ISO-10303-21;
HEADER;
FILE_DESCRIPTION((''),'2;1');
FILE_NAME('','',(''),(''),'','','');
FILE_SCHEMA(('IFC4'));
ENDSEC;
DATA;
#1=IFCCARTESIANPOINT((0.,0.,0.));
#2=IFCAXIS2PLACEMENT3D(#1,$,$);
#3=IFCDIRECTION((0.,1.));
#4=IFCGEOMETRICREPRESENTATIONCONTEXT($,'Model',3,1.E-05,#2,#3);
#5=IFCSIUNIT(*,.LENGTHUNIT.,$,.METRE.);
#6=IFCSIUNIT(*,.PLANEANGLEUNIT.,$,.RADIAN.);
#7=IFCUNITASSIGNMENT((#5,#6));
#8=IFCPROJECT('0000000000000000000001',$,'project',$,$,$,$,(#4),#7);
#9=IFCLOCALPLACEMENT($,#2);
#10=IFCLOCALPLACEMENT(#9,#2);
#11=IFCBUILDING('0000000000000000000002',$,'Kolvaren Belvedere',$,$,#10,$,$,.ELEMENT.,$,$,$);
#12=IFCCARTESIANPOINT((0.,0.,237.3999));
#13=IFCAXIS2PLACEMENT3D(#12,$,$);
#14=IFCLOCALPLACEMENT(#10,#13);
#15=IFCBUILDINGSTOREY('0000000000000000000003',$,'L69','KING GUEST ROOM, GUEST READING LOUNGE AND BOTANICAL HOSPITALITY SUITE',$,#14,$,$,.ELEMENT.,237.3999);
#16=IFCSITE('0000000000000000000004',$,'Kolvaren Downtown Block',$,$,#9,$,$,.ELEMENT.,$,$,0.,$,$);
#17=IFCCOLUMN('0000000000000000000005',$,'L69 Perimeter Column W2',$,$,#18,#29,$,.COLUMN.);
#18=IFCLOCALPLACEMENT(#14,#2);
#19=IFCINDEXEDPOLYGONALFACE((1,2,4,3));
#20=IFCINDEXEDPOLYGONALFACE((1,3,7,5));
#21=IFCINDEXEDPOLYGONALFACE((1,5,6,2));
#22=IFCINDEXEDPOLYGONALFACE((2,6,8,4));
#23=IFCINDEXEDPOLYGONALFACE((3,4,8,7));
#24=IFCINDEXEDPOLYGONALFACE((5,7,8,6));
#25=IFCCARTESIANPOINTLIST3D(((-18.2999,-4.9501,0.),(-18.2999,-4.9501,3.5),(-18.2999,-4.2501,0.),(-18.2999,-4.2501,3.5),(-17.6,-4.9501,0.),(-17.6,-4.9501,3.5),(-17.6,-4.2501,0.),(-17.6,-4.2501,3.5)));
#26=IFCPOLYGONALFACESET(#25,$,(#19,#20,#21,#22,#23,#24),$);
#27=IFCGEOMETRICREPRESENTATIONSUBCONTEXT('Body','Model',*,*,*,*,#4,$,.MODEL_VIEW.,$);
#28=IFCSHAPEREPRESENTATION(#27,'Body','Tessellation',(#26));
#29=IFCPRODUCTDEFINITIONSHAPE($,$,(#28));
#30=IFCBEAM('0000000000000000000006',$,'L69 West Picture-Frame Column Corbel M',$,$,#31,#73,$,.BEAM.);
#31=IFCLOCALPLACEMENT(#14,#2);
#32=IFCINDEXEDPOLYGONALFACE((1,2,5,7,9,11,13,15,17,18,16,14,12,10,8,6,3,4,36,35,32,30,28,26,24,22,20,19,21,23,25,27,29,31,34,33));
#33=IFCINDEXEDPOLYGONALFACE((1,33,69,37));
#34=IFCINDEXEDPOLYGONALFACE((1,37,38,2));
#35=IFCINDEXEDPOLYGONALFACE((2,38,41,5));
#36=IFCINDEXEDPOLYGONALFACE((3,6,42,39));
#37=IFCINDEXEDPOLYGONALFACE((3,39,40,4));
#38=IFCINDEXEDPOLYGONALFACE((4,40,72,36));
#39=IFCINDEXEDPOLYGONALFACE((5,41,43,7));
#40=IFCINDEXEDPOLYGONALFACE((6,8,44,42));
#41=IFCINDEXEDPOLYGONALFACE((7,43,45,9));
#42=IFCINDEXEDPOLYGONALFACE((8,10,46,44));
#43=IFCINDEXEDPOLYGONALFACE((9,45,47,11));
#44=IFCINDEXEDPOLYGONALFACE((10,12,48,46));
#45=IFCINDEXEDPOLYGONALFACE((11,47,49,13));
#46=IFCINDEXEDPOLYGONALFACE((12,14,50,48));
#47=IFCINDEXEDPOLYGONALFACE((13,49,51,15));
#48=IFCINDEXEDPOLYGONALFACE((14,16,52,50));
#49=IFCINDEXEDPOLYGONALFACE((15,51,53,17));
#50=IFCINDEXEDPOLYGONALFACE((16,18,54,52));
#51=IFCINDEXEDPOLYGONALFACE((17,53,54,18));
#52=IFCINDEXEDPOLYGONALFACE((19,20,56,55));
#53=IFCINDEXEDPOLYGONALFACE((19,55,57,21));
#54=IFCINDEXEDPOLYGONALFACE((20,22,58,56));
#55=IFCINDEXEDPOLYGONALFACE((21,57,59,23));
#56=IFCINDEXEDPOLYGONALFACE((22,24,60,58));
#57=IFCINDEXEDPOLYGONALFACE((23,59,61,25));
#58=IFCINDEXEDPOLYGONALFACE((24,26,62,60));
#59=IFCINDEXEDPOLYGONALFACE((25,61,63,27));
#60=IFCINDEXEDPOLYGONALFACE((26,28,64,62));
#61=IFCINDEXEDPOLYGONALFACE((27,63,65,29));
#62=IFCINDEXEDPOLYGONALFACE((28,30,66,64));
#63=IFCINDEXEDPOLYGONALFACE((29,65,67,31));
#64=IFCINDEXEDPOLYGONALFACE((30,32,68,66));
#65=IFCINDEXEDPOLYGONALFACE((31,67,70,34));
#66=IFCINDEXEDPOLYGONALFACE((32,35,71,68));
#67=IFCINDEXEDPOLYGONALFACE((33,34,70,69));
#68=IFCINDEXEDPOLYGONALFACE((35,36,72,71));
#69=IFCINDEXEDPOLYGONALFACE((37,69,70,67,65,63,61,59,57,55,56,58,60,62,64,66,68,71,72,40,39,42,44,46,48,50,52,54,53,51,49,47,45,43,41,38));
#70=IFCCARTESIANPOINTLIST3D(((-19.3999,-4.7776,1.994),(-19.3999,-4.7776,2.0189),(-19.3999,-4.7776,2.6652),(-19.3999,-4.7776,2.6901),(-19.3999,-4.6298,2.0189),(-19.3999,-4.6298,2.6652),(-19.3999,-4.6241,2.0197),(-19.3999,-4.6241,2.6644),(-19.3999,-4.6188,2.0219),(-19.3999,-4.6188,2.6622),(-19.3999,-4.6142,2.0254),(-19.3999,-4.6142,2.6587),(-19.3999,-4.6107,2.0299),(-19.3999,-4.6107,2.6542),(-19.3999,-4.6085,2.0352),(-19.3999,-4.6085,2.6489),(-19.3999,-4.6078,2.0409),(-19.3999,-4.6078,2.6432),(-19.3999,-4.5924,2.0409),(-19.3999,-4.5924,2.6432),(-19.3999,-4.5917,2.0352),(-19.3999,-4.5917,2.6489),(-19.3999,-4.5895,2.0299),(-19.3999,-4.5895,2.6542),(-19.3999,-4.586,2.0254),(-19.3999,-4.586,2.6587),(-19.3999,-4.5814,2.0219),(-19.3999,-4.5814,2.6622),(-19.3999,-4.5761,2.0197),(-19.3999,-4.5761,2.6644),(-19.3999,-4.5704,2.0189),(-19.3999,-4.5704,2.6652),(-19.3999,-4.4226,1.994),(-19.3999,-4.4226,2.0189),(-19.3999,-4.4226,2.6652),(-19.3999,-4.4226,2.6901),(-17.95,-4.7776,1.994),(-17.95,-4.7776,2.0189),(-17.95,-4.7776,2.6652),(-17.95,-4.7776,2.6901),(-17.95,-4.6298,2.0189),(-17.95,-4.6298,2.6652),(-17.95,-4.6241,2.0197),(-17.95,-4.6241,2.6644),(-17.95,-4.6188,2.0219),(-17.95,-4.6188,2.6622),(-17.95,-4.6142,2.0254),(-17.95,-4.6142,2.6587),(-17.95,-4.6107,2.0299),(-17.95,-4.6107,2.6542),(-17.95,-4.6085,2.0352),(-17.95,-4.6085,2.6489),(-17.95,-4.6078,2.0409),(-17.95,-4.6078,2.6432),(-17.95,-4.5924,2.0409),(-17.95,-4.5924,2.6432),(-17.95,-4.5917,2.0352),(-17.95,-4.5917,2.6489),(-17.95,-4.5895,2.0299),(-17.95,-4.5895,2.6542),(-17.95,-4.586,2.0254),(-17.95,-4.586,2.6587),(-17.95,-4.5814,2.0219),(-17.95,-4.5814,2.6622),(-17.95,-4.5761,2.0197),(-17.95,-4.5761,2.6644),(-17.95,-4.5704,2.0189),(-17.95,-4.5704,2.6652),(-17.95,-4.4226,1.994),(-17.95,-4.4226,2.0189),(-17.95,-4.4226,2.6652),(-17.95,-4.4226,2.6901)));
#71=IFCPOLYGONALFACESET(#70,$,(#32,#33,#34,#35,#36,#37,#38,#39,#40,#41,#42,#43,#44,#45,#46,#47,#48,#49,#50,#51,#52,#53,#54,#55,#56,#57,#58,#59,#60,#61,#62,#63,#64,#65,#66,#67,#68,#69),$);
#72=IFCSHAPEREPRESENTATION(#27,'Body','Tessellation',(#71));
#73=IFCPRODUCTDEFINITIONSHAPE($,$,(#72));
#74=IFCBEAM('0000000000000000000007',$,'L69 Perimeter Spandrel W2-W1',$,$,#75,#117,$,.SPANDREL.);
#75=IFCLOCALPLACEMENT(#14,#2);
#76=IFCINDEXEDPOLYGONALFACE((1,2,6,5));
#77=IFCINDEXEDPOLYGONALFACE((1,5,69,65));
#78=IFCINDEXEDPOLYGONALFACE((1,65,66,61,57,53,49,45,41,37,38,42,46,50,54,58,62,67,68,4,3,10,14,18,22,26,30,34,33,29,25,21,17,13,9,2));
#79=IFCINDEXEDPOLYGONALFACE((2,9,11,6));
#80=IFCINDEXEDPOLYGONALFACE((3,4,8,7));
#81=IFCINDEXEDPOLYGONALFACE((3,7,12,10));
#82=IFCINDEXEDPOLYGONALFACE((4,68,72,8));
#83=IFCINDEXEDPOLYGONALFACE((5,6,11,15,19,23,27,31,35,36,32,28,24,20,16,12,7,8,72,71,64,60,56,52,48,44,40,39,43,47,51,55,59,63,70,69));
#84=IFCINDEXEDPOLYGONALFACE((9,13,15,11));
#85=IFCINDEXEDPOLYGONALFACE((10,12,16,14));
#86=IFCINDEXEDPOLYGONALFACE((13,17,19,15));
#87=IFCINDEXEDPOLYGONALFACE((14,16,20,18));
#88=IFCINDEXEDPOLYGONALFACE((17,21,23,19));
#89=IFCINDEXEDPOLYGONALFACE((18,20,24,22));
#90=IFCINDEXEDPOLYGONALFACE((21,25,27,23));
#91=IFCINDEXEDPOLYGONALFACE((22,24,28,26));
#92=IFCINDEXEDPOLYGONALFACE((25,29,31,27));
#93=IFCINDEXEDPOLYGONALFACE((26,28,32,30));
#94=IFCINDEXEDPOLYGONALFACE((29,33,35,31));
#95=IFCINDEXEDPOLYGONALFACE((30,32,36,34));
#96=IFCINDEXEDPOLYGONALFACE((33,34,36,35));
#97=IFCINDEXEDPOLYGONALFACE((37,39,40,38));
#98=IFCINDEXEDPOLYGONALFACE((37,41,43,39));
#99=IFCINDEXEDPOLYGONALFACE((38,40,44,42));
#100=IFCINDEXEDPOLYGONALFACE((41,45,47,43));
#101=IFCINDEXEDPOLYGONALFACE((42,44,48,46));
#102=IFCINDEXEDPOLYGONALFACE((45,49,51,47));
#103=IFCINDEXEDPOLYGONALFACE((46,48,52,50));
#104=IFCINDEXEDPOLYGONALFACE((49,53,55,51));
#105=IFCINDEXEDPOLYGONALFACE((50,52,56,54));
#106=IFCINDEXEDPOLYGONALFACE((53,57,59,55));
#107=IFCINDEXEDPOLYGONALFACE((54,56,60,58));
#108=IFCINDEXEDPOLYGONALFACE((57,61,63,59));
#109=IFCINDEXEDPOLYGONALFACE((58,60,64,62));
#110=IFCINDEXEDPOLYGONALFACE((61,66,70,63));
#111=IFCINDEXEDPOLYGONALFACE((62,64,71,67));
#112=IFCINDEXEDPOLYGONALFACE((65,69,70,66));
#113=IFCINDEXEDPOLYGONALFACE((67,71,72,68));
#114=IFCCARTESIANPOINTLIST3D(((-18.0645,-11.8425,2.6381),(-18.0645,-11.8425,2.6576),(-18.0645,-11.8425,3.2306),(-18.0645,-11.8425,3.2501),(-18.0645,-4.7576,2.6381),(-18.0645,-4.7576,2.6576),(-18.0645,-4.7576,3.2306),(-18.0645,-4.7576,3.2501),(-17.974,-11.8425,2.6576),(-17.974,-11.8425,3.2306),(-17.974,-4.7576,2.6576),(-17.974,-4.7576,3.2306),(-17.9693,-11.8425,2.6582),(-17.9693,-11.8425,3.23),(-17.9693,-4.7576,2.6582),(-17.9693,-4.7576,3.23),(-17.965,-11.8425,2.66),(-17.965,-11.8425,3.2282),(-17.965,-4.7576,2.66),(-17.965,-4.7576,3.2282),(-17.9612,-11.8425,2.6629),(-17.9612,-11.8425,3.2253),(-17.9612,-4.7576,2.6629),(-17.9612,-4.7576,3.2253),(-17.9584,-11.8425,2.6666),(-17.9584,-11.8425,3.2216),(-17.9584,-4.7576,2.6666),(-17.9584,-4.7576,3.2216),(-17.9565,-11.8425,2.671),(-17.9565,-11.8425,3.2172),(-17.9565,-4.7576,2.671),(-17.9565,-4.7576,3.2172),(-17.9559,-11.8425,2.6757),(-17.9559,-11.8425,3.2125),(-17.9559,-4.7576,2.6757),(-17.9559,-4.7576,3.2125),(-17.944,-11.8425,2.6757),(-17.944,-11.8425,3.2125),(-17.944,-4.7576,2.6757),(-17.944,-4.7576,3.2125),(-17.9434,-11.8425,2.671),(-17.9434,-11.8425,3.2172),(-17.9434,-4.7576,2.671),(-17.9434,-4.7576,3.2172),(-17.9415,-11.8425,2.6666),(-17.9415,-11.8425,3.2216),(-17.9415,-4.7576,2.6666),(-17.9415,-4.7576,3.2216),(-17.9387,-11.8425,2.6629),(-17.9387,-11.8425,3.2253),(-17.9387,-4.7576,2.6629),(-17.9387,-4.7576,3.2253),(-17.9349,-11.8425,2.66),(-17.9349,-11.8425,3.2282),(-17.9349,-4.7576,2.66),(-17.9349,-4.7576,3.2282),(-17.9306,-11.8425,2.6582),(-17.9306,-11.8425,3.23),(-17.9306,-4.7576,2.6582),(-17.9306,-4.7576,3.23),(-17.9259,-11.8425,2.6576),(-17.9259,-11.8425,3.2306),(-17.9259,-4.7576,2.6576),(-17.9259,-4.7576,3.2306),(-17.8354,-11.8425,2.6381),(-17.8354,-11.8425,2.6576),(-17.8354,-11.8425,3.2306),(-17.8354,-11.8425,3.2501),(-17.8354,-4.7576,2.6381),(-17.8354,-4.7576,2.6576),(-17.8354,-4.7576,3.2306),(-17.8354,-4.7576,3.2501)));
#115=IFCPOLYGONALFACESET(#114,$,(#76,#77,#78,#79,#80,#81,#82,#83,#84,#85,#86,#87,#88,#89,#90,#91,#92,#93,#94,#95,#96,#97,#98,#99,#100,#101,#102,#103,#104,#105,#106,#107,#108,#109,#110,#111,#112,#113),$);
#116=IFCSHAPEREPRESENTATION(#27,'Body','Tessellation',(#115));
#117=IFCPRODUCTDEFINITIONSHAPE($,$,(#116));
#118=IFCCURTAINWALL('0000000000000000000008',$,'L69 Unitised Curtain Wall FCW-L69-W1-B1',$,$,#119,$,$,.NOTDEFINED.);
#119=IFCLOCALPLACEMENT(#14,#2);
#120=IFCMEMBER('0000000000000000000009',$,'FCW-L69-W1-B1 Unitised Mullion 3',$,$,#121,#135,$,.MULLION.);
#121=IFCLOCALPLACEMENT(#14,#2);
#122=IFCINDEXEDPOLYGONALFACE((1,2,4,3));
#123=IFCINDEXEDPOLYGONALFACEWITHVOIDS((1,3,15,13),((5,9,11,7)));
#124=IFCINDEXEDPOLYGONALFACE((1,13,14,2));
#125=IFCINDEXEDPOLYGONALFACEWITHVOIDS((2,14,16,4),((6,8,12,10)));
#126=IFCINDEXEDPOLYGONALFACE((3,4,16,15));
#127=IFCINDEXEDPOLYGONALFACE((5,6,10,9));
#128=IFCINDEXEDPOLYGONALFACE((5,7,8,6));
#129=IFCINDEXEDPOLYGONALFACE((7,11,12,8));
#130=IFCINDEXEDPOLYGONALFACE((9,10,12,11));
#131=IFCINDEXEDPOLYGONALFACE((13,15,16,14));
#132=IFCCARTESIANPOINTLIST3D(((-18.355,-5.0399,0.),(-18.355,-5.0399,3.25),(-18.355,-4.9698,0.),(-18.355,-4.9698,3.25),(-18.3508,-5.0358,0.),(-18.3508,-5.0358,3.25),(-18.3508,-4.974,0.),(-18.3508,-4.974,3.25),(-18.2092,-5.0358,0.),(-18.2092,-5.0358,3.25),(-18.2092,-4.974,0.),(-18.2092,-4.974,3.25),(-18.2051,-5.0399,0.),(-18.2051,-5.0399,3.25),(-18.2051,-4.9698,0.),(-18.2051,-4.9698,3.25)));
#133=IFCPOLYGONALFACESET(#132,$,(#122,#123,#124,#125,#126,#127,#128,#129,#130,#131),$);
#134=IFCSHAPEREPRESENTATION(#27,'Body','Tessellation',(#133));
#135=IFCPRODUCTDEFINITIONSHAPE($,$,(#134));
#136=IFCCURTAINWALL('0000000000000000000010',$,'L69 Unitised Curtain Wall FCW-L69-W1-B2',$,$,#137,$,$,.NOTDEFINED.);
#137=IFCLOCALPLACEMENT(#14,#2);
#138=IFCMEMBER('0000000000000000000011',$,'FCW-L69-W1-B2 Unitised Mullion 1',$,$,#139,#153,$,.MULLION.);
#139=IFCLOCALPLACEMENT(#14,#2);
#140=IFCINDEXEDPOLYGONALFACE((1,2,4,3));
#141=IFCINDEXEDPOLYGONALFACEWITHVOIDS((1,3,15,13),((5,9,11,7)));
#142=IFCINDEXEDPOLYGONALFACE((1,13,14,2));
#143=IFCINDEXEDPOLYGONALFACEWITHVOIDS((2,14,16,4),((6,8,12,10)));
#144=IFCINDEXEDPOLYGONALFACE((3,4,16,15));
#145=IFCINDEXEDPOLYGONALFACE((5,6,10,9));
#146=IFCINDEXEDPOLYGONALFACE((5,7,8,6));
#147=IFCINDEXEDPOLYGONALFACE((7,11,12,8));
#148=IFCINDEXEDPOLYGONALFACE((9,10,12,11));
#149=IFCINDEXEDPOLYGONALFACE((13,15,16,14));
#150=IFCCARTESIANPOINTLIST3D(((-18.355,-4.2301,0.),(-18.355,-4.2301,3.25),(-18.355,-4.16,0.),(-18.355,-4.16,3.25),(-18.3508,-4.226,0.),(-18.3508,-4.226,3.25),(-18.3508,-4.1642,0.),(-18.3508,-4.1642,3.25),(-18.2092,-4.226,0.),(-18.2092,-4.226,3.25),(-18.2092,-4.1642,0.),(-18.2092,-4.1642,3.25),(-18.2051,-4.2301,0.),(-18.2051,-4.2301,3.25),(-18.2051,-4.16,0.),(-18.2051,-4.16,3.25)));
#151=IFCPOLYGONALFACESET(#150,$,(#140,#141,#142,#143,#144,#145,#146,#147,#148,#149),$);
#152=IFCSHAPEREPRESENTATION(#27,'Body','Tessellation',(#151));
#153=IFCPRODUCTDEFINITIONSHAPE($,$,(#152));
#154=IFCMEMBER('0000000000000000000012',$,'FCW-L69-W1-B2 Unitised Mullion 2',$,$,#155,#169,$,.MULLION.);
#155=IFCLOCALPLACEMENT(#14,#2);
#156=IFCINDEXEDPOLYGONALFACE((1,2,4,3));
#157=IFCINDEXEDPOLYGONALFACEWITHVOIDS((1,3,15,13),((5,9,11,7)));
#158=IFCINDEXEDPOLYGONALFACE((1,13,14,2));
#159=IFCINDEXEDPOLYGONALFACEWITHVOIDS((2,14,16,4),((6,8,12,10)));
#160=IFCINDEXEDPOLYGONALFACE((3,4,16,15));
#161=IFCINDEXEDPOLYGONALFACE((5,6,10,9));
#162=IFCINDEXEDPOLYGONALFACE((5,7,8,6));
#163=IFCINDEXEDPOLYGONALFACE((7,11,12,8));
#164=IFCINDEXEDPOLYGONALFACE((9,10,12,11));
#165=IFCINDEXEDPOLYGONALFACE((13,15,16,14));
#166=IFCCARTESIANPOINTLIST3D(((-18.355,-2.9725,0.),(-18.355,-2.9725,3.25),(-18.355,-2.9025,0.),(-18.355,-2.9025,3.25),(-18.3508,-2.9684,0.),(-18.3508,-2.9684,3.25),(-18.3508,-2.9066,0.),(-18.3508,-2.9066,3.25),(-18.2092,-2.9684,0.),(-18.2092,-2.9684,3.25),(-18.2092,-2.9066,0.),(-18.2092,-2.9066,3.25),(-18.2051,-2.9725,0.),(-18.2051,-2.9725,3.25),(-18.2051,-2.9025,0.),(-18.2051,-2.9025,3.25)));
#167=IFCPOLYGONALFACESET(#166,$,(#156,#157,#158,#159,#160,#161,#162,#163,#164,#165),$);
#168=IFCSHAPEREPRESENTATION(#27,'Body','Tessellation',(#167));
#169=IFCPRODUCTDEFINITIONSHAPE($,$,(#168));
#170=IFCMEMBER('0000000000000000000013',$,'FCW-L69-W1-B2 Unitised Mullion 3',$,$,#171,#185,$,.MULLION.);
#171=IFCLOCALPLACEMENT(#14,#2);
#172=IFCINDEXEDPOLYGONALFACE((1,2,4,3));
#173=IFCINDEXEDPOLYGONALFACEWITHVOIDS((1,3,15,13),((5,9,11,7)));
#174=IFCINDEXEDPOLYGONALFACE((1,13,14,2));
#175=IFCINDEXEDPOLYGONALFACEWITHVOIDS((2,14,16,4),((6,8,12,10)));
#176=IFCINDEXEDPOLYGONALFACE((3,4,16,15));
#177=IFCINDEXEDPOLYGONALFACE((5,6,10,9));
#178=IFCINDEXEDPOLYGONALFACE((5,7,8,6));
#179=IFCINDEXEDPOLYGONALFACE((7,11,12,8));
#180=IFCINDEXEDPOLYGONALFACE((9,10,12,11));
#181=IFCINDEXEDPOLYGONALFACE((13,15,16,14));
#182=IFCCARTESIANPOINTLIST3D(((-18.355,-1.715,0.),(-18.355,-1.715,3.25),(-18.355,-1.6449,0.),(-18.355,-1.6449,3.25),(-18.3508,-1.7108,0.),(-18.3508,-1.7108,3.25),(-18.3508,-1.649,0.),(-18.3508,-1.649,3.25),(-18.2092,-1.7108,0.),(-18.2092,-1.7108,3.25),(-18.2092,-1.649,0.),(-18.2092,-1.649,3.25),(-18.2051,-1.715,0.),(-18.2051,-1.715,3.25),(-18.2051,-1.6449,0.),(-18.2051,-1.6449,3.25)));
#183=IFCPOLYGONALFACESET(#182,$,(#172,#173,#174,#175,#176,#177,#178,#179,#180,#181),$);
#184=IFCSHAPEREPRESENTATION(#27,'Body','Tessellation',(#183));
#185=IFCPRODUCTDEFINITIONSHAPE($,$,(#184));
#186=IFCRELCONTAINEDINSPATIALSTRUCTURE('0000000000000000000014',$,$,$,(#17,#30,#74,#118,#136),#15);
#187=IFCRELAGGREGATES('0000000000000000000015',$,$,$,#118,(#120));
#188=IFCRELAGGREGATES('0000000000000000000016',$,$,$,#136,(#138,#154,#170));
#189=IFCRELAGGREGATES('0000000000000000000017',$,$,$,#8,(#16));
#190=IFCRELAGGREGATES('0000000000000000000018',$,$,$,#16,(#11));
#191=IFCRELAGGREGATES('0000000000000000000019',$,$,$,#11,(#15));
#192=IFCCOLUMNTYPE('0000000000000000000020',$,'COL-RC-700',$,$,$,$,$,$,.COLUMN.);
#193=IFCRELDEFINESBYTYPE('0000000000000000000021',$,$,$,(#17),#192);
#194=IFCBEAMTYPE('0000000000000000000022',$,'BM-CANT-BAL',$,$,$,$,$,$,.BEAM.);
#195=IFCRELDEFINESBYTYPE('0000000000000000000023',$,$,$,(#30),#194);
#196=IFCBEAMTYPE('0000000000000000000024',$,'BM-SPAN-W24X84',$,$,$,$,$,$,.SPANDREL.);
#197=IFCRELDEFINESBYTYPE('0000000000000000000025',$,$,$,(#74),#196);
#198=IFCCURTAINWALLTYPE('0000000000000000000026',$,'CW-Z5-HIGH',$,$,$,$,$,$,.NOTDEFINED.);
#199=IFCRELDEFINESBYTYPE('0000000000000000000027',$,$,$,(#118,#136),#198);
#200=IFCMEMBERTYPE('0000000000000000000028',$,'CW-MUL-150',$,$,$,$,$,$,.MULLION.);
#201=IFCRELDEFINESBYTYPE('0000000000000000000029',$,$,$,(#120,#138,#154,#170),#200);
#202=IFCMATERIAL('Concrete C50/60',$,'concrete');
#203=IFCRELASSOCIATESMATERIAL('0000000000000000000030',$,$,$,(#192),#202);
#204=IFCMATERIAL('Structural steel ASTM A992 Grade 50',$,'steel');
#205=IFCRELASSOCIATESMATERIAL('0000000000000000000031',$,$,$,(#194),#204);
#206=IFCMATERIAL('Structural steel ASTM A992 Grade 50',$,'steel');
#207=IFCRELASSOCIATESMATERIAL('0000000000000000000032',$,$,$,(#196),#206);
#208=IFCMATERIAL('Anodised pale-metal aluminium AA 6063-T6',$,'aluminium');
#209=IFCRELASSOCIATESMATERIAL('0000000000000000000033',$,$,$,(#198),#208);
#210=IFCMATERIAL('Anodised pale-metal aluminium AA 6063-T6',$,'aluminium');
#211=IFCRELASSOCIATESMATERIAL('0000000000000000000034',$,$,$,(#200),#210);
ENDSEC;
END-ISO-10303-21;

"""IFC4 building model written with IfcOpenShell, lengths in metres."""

from ifc_helpers import new_model, si_unit, direction, frame, origin, origin_2d, place, context, subcontext, project, spatial, rectangle, hollow_rectangle, i_section, extrude, material, material_profile, profile_set, type_object, element, aggregate, save


model = new_model("IFC4")

# Units and contexts
model_context = context("Model", 3, precision=1e-05, world=origin(), true_north=direction((0.0, 1.0)))
body_context = subcontext(model_context, "Body", "Model", "MODEL_VIEW")
ifc_project = project(units=[si_unit("LENGTHUNIT", "METRE"), si_unit("PLANEANGLEUNIT", "RADIAN")], contexts=[model_context])

# Site, building, storey
site_placement = place(None, origin())
site = spatial("IfcSite", under=ifc_project, at=site_placement, Name="Kolvaren Downtown Block", CompositionType="ELEMENT", RefElevation=0.0)
building_placement = place(site_placement, origin())
building = spatial("IfcBuilding", under=site, at=building_placement, Name="Kolvaren Belvedere", CompositionType="ELEMENT")
storey_placement = place(building_placement, frame((0.0, 0.0, 237.3999)))
storey = spatial("IfcBuildingStorey", under=building, at=storey_placement, Name="L69", Description="KING GUEST ROOM, GUEST READING LOUNGE AND BOTANICAL HOSPITALITY SUITE", CompositionType="ELEMENT", Elevation=237.3999)

# Column
ifc_material_1 = material(Name="Concrete C50/60", Category="concrete")
ifc_material_profile_1 = material_profile(ifc_material_1, rectangle(XDim=0.7, YDim=0.7, at=origin_2d()), Name="RC 700X700")
ifc_profile_set_1 = profile_set([ifc_material_profile_1], Name="Concrete C50/60")
column_type = type_object("IfcColumnType", Name="COL-RC-700", PredefinedType="COLUMN", material=ifc_profile_set_1)
column_placement = place(storey_placement, frame((-17.95, -4.6001, 0.0), z_axis=(0.0, 0.0, 1.0), x_axis=(1.0, 0.0, 0.0)))
element("IfcColumn", 1, at=column_placement, inside=storey, type_object=column_type, Name="L69 Perimeter Column W2", PredefinedType="COLUMN", context=body_context, shape_type="SweptSolid", body=[
    extrude(rectangle(XDim=0.7, YDim=0.7, at=origin_2d()), origin(), (0.0, 0.0, 1.0), 3.5),
])

# Beams
ifc_material_2 = material(Name="Structural steel ASTM A992 Grade 50", Category="steel")
ifc_material_profile_2 = material_profile(ifc_material_2, i_section(OverallWidth=0.355, OverallDepth=0.696, WebThickness=0.0154, FlangeThickness=0.0249, FilletRadius=0.022, at=origin_2d()), Name="W27X146")
ifc_profile_set_2 = profile_set([ifc_material_profile_2], Name="Structural steel ASTM A992 Grade 50")
beam_type_1 = type_object("IfcBeamType", Name="BM-CANT-BAL", PredefinedType="BEAM", material=ifc_profile_set_2)
beam_1_placement = place(storey_placement, frame((-17.95, -4.6001, 2.342), z_axis=(-1.0, 0.0, 0.0), x_axis=(0.0, -1.0, 0.0)))
element("IfcBeam", 2, at=beam_1_placement, inside=storey, type_object=beam_type_1, Name="L69 West Picture-Frame Column Corbel M", PredefinedType="BEAM", context=body_context, shape_type="SweptSolid", body=[
    extrude(i_section(OverallWidth=0.355, OverallDepth=0.696, WebThickness=0.0154, FlangeThickness=0.0249, FilletRadius=0.022, at=origin_2d()), origin(), (0.0, 0.0, 1.0), 1.45),
])
ifc_material_3 = material(Name="Structural steel ASTM A992 Grade 50", Category="steel")
ifc_material_profile_3 = material_profile(ifc_material_3, i_section(OverallWidth=0.229, OverallDepth=0.6121, WebThickness=0.012, FlangeThickness=0.0195, FilletRadius=0.0181, at=origin_2d()), Name="W24X84")
ifc_profile_set_3 = profile_set([ifc_material_profile_3], Name="Structural steel ASTM A992 Grade 50")
beam_type_2 = type_object("IfcBeamType", Name="BM-SPAN-W24X84", PredefinedType="SPANDREL", material=ifc_profile_set_3)
beam_2_placement = place(storey_placement, frame((-17.95, -4.7576, 2.9441), z_axis=(0.0, -1.0, 0.0), x_axis=(1.0, 0.0, 0.0)))
element("IfcBeam", 3, at=beam_2_placement, inside=storey, type_object=beam_type_2, Name="L69 Perimeter Spandrel W2-W1", PredefinedType="SPANDREL", context=body_context, shape_type="SweptSolid", body=[
    extrude(i_section(OverallWidth=0.229, OverallDepth=0.6121, WebThickness=0.012, FlangeThickness=0.0195, FilletRadius=0.0181, at=origin_2d()), origin(), (0.0, 0.0, 1.0), 7.085),
])

# Curtain wall, member
ifc_material_4 = material(Name="Anodised pale-metal aluminium AA 6063-T6", Category="aluminium")
curtain_wall_type = type_object("IfcCurtainWallType", Name="CW-Z5-HIGH", PredefinedType="NOTDEFINED", material=ifc_material_4)
curtain_wall_1_placement = place(storey_placement, origin())
curtain_wall_1 = element("IfcCurtainWall", 4, at=curtain_wall_1_placement, inside=storey, type_object=curtain_wall_type, Name="L69 Unitised Curtain Wall FCW-L69-W1-B1", PredefinedType="NOTDEFINED")
ifc_material_5 = material(Name="Anodised pale-metal aluminium AA 6063-T6", Category="aluminium")
ifc_material_profile_4 = material_profile(ifc_material_5, hollow_rectangle(XDim=0.0701, YDim=0.1499, WallThickness=0.0042, at=origin_2d()), Name="ALU-MUL-150X70")
ifc_profile_set_4 = profile_set([ifc_material_profile_4], Name="Anodised pale-metal aluminium AA 6063-T6")
member_type_1 = type_object("IfcMemberType", Name="CW-MUL-150", PredefinedType="MULLION", material=ifc_profile_set_4)
member_1_placement = place(storey_placement, frame((-18.28, -5.0049, 0.0), z_axis=(0.0, 0.0, 1.0), x_axis=(0.0, 1.0, 0.0)))
member_1 = element("IfcMember", 5, at=member_1_placement, type_object=member_type_1, Name="FCW-L69-W1-B1 Unitised Mullion 3", PredefinedType="MULLION", context=body_context, shape_type="SweptSolid", body=[
    extrude(hollow_rectangle(XDim=0.0701, YDim=0.1499, WallThickness=0.0042, at=origin_2d()), origin(), (0.0, 0.0, 1.0), 3.25),
])

# Curtain wall, members
curtain_wall_2_placement = place(storey_placement, origin())
curtain_wall_2 = element("IfcCurtainWall", 6, at=curtain_wall_2_placement, inside=storey, type_object=curtain_wall_type, Name="L69 Unitised Curtain Wall FCW-L69-W1-B2", PredefinedType="NOTDEFINED")
member_2_placement = place(storey_placement, frame((-18.28, -4.1951, 0.0), z_axis=(0.0, 0.0, 1.0), x_axis=(0.0, 1.0, 0.0)))
member_2 = element("IfcMember", 7, at=member_2_placement, type_object=member_type_1, Name="FCW-L69-W1-B2 Unitised Mullion 1", PredefinedType="MULLION", context=body_context, shape_type="SweptSolid", body=[
    extrude(hollow_rectangle(XDim=0.0701, YDim=0.1499, WallThickness=0.0042, at=origin_2d()), origin(), (0.0, 0.0, 1.0), 3.25),
])
member_3_placement = place(storey_placement, frame((-18.28, -2.9375, 0.0), z_axis=(0.0, 0.0, 1.0), x_axis=(0.0, 1.0, 0.0)))
member_3 = element("IfcMember", 8, at=member_3_placement, type_object=member_type_1, Name="FCW-L69-W1-B2 Unitised Mullion 2", PredefinedType="MULLION", context=body_context, shape_type="SweptSolid", body=[
    extrude(hollow_rectangle(XDim=0.0701, YDim=0.1499, WallThickness=0.0042, at=origin_2d()), origin(), (0.0, 0.0, 1.0), 3.25),
])
member_4_placement = place(storey_placement, frame((-18.28, -1.6799, 0.0), z_axis=(0.0, 0.0, 1.0), x_axis=(0.0, 1.0, 0.0)))
member_4 = element("IfcMember", 9, at=member_4_placement, type_object=member_type_1, Name="FCW-L69-W1-B2 Unitised Mullion 3", PredefinedType="MULLION", context=body_context, shape_type="SweptSolid", body=[
    extrude(hollow_rectangle(XDim=0.0701, YDim=0.1499, WallThickness=0.0042, at=origin_2d()), origin(), (0.0, 0.0, 1.0), 3.25),
])

aggregate(curtain_wall_1, [member_1])
aggregate(curtain_wall_2, [member_2, member_3, member_4])

save(model, "model.ifc")
